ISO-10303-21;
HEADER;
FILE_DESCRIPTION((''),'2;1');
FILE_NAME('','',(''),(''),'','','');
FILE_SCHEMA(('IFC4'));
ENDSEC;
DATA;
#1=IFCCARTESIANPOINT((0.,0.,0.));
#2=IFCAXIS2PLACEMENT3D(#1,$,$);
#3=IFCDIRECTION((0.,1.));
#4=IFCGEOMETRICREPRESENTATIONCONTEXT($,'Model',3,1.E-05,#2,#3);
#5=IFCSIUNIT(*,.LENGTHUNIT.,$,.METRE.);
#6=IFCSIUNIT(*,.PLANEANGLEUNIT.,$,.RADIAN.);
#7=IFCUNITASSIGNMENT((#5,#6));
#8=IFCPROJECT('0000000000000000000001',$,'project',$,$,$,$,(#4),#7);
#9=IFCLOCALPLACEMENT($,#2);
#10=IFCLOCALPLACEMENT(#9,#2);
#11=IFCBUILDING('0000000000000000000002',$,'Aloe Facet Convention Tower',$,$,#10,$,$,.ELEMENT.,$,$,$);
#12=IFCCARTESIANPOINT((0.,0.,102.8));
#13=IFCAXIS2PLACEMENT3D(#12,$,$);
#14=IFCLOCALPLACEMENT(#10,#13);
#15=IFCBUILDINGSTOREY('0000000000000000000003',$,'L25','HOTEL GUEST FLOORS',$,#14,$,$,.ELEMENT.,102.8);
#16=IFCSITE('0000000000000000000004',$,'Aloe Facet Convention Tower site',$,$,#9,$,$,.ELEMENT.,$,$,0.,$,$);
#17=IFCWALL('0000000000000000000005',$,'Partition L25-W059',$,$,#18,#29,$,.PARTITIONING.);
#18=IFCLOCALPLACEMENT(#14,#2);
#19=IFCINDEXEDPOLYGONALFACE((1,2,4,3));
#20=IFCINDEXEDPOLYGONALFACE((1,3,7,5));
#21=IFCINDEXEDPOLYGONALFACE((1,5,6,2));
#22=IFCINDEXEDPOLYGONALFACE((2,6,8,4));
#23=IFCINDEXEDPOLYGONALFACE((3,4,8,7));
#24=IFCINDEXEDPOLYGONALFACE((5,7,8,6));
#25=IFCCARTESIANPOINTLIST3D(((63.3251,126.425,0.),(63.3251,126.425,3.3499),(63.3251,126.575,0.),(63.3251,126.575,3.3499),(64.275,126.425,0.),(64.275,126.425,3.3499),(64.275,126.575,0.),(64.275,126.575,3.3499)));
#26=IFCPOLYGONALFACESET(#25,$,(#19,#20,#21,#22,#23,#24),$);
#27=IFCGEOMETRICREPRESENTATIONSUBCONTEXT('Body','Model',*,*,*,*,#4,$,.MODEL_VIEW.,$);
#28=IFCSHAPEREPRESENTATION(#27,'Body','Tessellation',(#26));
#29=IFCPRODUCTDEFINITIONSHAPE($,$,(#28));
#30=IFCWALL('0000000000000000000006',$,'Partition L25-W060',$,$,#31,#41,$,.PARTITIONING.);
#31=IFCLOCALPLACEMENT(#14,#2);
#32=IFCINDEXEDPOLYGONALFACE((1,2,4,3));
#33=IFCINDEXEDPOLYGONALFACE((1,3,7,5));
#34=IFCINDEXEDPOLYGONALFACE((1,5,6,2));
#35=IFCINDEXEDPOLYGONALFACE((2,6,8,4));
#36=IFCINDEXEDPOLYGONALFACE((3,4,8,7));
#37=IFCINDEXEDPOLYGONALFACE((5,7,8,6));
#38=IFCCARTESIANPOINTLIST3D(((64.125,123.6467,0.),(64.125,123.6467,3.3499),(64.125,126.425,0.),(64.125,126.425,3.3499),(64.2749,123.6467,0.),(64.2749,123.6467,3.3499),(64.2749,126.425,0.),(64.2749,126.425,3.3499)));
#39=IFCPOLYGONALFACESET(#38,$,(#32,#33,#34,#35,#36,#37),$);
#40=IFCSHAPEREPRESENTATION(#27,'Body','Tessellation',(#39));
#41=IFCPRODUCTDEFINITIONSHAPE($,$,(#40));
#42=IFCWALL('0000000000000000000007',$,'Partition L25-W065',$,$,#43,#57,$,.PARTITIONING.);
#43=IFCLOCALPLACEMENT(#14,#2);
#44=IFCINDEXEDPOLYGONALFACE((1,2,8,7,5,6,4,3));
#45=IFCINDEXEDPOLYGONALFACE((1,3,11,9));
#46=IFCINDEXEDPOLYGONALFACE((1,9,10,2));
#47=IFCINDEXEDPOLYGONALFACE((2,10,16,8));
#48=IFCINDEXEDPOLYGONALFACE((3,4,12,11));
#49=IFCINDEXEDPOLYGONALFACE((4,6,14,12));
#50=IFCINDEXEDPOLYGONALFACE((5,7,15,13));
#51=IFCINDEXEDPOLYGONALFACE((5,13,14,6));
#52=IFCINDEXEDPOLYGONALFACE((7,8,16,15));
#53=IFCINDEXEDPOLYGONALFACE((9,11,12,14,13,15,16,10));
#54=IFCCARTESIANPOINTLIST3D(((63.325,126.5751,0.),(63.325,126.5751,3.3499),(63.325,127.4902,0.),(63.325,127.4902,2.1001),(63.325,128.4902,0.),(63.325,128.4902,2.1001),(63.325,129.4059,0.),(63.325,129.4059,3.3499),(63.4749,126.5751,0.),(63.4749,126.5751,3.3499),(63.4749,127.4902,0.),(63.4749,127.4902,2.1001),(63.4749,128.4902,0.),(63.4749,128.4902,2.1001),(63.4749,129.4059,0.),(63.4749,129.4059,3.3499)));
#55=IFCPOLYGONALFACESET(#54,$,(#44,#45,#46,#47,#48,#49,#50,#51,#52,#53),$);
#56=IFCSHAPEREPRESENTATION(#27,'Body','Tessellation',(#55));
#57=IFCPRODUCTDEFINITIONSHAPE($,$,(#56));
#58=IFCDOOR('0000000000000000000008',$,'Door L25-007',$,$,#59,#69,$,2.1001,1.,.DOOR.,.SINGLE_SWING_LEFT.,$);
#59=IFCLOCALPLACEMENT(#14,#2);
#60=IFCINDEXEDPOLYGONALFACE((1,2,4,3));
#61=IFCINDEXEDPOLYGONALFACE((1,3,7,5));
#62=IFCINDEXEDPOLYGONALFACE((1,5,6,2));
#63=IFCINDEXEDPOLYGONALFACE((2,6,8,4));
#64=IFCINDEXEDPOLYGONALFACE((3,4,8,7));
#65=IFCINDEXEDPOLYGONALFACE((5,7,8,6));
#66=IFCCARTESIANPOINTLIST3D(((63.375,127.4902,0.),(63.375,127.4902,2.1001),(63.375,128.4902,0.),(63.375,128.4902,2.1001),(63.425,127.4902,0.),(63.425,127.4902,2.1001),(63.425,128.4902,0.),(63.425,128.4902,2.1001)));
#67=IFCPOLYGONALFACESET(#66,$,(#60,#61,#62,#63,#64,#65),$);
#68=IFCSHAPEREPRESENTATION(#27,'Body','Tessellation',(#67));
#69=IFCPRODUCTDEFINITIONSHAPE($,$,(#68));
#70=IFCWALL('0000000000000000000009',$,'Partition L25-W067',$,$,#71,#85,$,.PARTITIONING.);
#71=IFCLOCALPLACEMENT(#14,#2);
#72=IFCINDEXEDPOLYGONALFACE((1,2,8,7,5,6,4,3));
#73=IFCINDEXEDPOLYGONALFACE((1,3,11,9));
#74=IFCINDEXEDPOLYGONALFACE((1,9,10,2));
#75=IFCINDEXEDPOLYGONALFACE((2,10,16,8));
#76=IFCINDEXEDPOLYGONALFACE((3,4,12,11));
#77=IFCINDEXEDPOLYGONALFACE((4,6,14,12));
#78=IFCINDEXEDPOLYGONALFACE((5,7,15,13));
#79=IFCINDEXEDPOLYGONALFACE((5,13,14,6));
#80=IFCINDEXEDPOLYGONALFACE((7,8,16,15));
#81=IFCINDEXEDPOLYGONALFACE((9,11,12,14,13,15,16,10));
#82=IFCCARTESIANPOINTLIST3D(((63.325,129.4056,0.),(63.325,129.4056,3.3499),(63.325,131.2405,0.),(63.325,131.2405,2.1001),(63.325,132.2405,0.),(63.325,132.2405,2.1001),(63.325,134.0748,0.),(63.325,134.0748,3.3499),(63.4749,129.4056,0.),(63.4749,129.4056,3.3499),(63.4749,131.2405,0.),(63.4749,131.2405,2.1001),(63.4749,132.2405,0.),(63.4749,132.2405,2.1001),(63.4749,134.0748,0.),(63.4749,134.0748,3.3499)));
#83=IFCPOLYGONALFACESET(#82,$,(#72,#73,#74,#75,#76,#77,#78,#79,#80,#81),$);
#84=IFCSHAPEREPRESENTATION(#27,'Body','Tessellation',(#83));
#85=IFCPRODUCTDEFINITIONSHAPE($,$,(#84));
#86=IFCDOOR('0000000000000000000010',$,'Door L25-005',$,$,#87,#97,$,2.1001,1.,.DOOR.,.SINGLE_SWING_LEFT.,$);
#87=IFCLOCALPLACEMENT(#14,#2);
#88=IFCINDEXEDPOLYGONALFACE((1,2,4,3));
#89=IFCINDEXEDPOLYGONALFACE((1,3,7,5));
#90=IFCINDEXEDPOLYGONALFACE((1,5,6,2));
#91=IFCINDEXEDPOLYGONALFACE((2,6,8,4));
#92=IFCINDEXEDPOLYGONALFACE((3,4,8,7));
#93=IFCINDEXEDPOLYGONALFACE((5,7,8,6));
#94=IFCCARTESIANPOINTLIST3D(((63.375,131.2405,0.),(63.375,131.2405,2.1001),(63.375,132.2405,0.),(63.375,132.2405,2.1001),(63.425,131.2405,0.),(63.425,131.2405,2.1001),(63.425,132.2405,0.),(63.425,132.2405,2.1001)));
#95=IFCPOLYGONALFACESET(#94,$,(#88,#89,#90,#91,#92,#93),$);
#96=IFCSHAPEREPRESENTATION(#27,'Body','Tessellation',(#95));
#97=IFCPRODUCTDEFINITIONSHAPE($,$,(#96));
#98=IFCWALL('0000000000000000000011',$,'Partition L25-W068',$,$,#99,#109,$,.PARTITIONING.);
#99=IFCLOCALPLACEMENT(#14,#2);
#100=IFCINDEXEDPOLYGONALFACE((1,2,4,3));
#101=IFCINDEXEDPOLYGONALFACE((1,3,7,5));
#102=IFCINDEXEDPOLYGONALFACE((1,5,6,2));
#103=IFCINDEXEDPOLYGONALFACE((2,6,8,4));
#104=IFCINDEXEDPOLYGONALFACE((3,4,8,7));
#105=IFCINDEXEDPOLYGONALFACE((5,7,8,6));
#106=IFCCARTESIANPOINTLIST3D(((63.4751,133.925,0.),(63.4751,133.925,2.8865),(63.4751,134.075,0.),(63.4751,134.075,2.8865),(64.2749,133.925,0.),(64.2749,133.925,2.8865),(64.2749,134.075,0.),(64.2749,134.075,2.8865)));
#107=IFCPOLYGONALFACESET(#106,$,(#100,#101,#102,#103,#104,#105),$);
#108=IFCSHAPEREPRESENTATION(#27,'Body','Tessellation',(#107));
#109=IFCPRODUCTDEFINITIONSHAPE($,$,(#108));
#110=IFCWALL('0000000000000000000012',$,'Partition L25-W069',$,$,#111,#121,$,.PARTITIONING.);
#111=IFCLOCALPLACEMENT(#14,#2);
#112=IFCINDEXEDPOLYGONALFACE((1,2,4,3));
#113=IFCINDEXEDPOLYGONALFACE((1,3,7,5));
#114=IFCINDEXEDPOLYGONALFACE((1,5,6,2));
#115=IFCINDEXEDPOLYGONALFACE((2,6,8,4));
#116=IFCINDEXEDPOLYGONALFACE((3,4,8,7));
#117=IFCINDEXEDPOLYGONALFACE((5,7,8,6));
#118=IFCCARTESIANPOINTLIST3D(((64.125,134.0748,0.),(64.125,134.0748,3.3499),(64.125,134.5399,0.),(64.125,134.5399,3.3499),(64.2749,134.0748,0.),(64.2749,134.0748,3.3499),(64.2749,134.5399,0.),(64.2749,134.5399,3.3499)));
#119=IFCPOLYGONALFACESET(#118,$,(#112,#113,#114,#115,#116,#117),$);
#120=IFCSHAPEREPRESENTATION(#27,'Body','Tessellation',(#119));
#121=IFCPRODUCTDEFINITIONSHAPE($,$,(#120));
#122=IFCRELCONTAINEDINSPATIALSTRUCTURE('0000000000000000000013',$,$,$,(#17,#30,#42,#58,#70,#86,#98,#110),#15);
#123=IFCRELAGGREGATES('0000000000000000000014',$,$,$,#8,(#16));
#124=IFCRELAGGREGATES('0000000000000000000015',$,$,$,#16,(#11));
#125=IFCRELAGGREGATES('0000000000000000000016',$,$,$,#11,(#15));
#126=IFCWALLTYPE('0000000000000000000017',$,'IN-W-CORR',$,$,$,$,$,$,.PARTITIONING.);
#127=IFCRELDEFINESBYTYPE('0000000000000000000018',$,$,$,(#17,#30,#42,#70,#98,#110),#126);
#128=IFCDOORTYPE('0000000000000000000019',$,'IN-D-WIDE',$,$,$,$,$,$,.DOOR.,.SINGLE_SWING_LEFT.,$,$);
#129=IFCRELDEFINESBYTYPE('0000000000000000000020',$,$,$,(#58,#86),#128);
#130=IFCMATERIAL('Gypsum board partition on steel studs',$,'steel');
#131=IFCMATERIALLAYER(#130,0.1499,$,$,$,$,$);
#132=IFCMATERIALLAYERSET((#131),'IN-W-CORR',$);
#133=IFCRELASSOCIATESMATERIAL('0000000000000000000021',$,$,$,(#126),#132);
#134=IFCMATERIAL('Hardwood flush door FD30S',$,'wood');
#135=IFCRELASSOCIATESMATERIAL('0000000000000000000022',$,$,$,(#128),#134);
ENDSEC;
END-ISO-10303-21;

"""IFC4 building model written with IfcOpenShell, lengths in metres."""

from ifc_helpers import new_model, si_unit, direction, frame, frame_2d, origin, place, context, subcontext, project, spatial, rectangle, extrude, material, layer, layer_set, type_object, element, fill, save


model = new_model("IFC4")

# Units and contexts
model_context = context("Model", 3, precision=1e-05, world=origin(), true_north=direction((0.0, 1.0)))
body_context = subcontext(model_context, "Body", "Model", "MODEL_VIEW")
ifc_project = project(units=[si_unit("LENGTHUNIT", "METRE"), si_unit("PLANEANGLEUNIT", "RADIAN")], contexts=[model_context])

# Site, building, storey
site_placement = place(None, origin())
site = spatial("IfcSite", under=ifc_project, at=site_placement, Name="Aloe Facet Convention Tower site", CompositionType="ELEMENT", RefElevation=0.0)
building_placement = place(site_placement, origin())
building = spatial("IfcBuilding", under=site, at=building_placement, Name="Aloe Facet Convention Tower", CompositionType="ELEMENT")
storey_placement = place(building_placement, frame((0.0, 0.0, 102.8)))
storey = spatial("IfcBuildingStorey", under=building, at=storey_placement, Name="L25", Description="HOTEL GUEST FLOORS", CompositionType="ELEMENT", Elevation=102.8)

# Walls
ifc_material_1 = material(Name="Gypsum board partition on steel studs", Category="steel")
ifc_layer_1 = layer(ifc_material_1, 0.1499)
ifc_layer_set_1 = layer_set([ifc_layer_1], Name="IN-W-CORR")
wall_type_1 = type_object("IfcWallType", Name="IN-W-CORR", PredefinedType="PARTITIONING", material=ifc_layer_set_1)
wall_1_placement = place(storey_placement, frame((63.325, 126.5, 0.0), z_axis=(0.0, 0.0, 1.0), x_axis=(1.0, 0.0, 0.0)))
element("IfcWall", 1, at=wall_1_placement, inside=storey, type_object=wall_type_1, Name="Partition L25-W059", PredefinedType="PARTITIONING", context=body_context, shape_type="SweptSolid", body=[
    extrude(rectangle(XDim=0.95, YDim=0.1499, at=frame_2d((0.4751, 0.0))), origin(), (0.0, 0.0, 1.0), 3.3499),
])
wall_2_placement = place(storey_placement, frame((64.2, 123.6467, 0.0), z_axis=(0.0, 0.0, 1.0), x_axis=(0.0, 1.0, 0.0)))
element("IfcWall", 2, at=wall_2_placement, inside=storey, type_object=wall_type_1, Name="Partition L25-W060", PredefinedType="PARTITIONING", context=body_context, shape_type="SweptSolid", body=[
    extrude(rectangle(XDim=2.7783, YDim=0.1499, at=frame_2d((1.3892, 0.0))), origin(), (0.0, 0.0, 1.0), 3.3499),
])

# Walls, openings, doors
wall_3_placement = place(storey_placement, frame((63.3999, 126.575, 0.0), z_axis=(0.0, 0.0, 1.0), x_axis=(0.0, 1.0, 0.0)))
wall_3 = element("IfcWall", 3, at=wall_3_placement, inside=storey, type_object=wall_type_1, Name="Partition L25-W065", PredefinedType="PARTITIONING", context=body_context, shape_type="SweptSolid", body=[
    extrude(rectangle(XDim=2.8308, YDim=0.1499, at=frame_2d((1.4155, 0.0))), origin(), (0.0, 0.0, 1.0), 3.3499),
])
opening_1_placement = place(wall_3_placement, frame((0.9153, 0.0, 0.0)))
opening_1 = element("IfcOpeningElement", 4, at=opening_1_placement, cuts=wall_3, PredefinedType="OPENING", context=body_context, shape_type="SweptSolid", body=[
    extrude(rectangle(XDim=1.0, YDim=2.1001, at=frame_2d((0.5, 1.05))), frame((0.0, 0.085, 0.0), z_axis=(0.0, -1.0, 0.0), x_axis=(1.0, 0.0, 0.0)), (0.0, 0.0, 1.0), 0.1699),
])
ifc_material_2 = material(Name="Hardwood flush door FD30S", Category="wood")
door_type_1 = type_object("IfcDoorType", Name="IN-D-WIDE", OperationType="SINGLE_SWING_LEFT", PredefinedType="DOOR", material=ifc_material_2)
door_1_placement = place(opening_1_placement, origin())
door_1 = element("IfcDoor", 5, at=door_1_placement, inside=storey, type_object=door_type_1, Name="Door L25-007", OperationType="SINGLE_SWING_LEFT", OverallHeight=2.1001, OverallWidth=1.0, PredefinedType="DOOR", context=body_context, shape_type="SweptSolid", body=[
    extrude(rectangle(XDim=1.0, YDim=2.1001, at=frame_2d((0.5, 1.05))), frame((0.0, 0.0249, 0.0), z_axis=(0.0, -1.0, 0.0), x_axis=(1.0, 0.0, 0.0)), (0.0, 0.0, 1.0), 0.05),
])
fill(opening_1, door_1)
wall_4_placement = place(storey_placement, frame((63.3999, 129.4058, 0.0), z_axis=(0.0, 0.0, 1.0), x_axis=(0.0, 1.0, 0.0)))
wall_4 = element("IfcWall", 6, at=wall_4_placement, inside=storey, type_object=wall_type_1, Name="Partition L25-W067", PredefinedType="PARTITIONING", context=body_context, shape_type="SweptSolid", body=[
    extrude(rectangle(XDim=4.6692, YDim=0.1499, at=frame_2d((2.3345, 0.0))), origin(), (0.0, 0.0, 1.0), 3.3499),
])
opening_2_placement = place(wall_4_placement, frame((1.8347, 0.0, 0.0)))
opening_2 = element("IfcOpeningElement", 7, at=opening_2_placement, cuts=wall_4, PredefinedType="OPENING", context=body_context, shape_type="SweptSolid", body=[
    extrude(rectangle(XDim=1.0, YDim=2.1001, at=frame_2d((0.5, 1.05))), frame((0.0, 0.085, 0.0), z_axis=(0.0, -1.0, 0.0), x_axis=(1.0, 0.0, 0.0)), (0.0, 0.0, 1.0), 0.1699),
])
door_2_placement = place(opening_2_placement, origin())
door_2 = element("IfcDoor", 8, at=door_2_placement, inside=storey, type_object=door_type_1, Name="Door L25-005", OperationType="SINGLE_SWING_LEFT", OverallHeight=2.1001, OverallWidth=1.0, PredefinedType="DOOR", context=body_context, shape_type="SweptSolid", body=[
    extrude(rectangle(XDim=1.0, YDim=2.1001, at=frame_2d((0.5, 1.05))), frame((0.0, 0.0249, 0.0), z_axis=(0.0, -1.0, 0.0), x_axis=(1.0, 0.0, 0.0)), (0.0, 0.0, 1.0), 0.05),
])
fill(opening_2, door_2)

# Walls
wall_5_placement = place(storey_placement, frame((63.4751, 134.0, 0.0), z_axis=(0.0, 0.0, 1.0), x_axis=(1.0, 0.0, 0.0)))
element("IfcWall", 9, at=wall_5_placement, inside=storey, type_object=wall_type_1, Name="Partition L25-W068", PredefinedType="PARTITIONING", context=body_context, shape_type="SweptSolid", body=[
    extrude(rectangle(XDim=0.7998, YDim=0.1499, at=frame_2d((0.3999, 0.0))), origin(), (0.0, 0.0, 1.0), 2.8865),
])
wall_6_placement = place(storey_placement, frame((64.2, 134.075, 0.0), z_axis=(0.0, 0.0, 1.0), x_axis=(0.0, 1.0, 0.0)))
element("IfcWall", 10, at=wall_6_placement, inside=storey, type_object=wall_type_1, Name="Partition L25-W069", PredefinedType="PARTITIONING", context=body_context, shape_type="SweptSolid", body=[
    extrude(rectangle(XDim=0.4651, YDim=0.1499, at=frame_2d((0.2324, 0.0))), origin(), (0.0, 0.0, 1.0), 3.3499),
])

save(model, "model.ifc")
